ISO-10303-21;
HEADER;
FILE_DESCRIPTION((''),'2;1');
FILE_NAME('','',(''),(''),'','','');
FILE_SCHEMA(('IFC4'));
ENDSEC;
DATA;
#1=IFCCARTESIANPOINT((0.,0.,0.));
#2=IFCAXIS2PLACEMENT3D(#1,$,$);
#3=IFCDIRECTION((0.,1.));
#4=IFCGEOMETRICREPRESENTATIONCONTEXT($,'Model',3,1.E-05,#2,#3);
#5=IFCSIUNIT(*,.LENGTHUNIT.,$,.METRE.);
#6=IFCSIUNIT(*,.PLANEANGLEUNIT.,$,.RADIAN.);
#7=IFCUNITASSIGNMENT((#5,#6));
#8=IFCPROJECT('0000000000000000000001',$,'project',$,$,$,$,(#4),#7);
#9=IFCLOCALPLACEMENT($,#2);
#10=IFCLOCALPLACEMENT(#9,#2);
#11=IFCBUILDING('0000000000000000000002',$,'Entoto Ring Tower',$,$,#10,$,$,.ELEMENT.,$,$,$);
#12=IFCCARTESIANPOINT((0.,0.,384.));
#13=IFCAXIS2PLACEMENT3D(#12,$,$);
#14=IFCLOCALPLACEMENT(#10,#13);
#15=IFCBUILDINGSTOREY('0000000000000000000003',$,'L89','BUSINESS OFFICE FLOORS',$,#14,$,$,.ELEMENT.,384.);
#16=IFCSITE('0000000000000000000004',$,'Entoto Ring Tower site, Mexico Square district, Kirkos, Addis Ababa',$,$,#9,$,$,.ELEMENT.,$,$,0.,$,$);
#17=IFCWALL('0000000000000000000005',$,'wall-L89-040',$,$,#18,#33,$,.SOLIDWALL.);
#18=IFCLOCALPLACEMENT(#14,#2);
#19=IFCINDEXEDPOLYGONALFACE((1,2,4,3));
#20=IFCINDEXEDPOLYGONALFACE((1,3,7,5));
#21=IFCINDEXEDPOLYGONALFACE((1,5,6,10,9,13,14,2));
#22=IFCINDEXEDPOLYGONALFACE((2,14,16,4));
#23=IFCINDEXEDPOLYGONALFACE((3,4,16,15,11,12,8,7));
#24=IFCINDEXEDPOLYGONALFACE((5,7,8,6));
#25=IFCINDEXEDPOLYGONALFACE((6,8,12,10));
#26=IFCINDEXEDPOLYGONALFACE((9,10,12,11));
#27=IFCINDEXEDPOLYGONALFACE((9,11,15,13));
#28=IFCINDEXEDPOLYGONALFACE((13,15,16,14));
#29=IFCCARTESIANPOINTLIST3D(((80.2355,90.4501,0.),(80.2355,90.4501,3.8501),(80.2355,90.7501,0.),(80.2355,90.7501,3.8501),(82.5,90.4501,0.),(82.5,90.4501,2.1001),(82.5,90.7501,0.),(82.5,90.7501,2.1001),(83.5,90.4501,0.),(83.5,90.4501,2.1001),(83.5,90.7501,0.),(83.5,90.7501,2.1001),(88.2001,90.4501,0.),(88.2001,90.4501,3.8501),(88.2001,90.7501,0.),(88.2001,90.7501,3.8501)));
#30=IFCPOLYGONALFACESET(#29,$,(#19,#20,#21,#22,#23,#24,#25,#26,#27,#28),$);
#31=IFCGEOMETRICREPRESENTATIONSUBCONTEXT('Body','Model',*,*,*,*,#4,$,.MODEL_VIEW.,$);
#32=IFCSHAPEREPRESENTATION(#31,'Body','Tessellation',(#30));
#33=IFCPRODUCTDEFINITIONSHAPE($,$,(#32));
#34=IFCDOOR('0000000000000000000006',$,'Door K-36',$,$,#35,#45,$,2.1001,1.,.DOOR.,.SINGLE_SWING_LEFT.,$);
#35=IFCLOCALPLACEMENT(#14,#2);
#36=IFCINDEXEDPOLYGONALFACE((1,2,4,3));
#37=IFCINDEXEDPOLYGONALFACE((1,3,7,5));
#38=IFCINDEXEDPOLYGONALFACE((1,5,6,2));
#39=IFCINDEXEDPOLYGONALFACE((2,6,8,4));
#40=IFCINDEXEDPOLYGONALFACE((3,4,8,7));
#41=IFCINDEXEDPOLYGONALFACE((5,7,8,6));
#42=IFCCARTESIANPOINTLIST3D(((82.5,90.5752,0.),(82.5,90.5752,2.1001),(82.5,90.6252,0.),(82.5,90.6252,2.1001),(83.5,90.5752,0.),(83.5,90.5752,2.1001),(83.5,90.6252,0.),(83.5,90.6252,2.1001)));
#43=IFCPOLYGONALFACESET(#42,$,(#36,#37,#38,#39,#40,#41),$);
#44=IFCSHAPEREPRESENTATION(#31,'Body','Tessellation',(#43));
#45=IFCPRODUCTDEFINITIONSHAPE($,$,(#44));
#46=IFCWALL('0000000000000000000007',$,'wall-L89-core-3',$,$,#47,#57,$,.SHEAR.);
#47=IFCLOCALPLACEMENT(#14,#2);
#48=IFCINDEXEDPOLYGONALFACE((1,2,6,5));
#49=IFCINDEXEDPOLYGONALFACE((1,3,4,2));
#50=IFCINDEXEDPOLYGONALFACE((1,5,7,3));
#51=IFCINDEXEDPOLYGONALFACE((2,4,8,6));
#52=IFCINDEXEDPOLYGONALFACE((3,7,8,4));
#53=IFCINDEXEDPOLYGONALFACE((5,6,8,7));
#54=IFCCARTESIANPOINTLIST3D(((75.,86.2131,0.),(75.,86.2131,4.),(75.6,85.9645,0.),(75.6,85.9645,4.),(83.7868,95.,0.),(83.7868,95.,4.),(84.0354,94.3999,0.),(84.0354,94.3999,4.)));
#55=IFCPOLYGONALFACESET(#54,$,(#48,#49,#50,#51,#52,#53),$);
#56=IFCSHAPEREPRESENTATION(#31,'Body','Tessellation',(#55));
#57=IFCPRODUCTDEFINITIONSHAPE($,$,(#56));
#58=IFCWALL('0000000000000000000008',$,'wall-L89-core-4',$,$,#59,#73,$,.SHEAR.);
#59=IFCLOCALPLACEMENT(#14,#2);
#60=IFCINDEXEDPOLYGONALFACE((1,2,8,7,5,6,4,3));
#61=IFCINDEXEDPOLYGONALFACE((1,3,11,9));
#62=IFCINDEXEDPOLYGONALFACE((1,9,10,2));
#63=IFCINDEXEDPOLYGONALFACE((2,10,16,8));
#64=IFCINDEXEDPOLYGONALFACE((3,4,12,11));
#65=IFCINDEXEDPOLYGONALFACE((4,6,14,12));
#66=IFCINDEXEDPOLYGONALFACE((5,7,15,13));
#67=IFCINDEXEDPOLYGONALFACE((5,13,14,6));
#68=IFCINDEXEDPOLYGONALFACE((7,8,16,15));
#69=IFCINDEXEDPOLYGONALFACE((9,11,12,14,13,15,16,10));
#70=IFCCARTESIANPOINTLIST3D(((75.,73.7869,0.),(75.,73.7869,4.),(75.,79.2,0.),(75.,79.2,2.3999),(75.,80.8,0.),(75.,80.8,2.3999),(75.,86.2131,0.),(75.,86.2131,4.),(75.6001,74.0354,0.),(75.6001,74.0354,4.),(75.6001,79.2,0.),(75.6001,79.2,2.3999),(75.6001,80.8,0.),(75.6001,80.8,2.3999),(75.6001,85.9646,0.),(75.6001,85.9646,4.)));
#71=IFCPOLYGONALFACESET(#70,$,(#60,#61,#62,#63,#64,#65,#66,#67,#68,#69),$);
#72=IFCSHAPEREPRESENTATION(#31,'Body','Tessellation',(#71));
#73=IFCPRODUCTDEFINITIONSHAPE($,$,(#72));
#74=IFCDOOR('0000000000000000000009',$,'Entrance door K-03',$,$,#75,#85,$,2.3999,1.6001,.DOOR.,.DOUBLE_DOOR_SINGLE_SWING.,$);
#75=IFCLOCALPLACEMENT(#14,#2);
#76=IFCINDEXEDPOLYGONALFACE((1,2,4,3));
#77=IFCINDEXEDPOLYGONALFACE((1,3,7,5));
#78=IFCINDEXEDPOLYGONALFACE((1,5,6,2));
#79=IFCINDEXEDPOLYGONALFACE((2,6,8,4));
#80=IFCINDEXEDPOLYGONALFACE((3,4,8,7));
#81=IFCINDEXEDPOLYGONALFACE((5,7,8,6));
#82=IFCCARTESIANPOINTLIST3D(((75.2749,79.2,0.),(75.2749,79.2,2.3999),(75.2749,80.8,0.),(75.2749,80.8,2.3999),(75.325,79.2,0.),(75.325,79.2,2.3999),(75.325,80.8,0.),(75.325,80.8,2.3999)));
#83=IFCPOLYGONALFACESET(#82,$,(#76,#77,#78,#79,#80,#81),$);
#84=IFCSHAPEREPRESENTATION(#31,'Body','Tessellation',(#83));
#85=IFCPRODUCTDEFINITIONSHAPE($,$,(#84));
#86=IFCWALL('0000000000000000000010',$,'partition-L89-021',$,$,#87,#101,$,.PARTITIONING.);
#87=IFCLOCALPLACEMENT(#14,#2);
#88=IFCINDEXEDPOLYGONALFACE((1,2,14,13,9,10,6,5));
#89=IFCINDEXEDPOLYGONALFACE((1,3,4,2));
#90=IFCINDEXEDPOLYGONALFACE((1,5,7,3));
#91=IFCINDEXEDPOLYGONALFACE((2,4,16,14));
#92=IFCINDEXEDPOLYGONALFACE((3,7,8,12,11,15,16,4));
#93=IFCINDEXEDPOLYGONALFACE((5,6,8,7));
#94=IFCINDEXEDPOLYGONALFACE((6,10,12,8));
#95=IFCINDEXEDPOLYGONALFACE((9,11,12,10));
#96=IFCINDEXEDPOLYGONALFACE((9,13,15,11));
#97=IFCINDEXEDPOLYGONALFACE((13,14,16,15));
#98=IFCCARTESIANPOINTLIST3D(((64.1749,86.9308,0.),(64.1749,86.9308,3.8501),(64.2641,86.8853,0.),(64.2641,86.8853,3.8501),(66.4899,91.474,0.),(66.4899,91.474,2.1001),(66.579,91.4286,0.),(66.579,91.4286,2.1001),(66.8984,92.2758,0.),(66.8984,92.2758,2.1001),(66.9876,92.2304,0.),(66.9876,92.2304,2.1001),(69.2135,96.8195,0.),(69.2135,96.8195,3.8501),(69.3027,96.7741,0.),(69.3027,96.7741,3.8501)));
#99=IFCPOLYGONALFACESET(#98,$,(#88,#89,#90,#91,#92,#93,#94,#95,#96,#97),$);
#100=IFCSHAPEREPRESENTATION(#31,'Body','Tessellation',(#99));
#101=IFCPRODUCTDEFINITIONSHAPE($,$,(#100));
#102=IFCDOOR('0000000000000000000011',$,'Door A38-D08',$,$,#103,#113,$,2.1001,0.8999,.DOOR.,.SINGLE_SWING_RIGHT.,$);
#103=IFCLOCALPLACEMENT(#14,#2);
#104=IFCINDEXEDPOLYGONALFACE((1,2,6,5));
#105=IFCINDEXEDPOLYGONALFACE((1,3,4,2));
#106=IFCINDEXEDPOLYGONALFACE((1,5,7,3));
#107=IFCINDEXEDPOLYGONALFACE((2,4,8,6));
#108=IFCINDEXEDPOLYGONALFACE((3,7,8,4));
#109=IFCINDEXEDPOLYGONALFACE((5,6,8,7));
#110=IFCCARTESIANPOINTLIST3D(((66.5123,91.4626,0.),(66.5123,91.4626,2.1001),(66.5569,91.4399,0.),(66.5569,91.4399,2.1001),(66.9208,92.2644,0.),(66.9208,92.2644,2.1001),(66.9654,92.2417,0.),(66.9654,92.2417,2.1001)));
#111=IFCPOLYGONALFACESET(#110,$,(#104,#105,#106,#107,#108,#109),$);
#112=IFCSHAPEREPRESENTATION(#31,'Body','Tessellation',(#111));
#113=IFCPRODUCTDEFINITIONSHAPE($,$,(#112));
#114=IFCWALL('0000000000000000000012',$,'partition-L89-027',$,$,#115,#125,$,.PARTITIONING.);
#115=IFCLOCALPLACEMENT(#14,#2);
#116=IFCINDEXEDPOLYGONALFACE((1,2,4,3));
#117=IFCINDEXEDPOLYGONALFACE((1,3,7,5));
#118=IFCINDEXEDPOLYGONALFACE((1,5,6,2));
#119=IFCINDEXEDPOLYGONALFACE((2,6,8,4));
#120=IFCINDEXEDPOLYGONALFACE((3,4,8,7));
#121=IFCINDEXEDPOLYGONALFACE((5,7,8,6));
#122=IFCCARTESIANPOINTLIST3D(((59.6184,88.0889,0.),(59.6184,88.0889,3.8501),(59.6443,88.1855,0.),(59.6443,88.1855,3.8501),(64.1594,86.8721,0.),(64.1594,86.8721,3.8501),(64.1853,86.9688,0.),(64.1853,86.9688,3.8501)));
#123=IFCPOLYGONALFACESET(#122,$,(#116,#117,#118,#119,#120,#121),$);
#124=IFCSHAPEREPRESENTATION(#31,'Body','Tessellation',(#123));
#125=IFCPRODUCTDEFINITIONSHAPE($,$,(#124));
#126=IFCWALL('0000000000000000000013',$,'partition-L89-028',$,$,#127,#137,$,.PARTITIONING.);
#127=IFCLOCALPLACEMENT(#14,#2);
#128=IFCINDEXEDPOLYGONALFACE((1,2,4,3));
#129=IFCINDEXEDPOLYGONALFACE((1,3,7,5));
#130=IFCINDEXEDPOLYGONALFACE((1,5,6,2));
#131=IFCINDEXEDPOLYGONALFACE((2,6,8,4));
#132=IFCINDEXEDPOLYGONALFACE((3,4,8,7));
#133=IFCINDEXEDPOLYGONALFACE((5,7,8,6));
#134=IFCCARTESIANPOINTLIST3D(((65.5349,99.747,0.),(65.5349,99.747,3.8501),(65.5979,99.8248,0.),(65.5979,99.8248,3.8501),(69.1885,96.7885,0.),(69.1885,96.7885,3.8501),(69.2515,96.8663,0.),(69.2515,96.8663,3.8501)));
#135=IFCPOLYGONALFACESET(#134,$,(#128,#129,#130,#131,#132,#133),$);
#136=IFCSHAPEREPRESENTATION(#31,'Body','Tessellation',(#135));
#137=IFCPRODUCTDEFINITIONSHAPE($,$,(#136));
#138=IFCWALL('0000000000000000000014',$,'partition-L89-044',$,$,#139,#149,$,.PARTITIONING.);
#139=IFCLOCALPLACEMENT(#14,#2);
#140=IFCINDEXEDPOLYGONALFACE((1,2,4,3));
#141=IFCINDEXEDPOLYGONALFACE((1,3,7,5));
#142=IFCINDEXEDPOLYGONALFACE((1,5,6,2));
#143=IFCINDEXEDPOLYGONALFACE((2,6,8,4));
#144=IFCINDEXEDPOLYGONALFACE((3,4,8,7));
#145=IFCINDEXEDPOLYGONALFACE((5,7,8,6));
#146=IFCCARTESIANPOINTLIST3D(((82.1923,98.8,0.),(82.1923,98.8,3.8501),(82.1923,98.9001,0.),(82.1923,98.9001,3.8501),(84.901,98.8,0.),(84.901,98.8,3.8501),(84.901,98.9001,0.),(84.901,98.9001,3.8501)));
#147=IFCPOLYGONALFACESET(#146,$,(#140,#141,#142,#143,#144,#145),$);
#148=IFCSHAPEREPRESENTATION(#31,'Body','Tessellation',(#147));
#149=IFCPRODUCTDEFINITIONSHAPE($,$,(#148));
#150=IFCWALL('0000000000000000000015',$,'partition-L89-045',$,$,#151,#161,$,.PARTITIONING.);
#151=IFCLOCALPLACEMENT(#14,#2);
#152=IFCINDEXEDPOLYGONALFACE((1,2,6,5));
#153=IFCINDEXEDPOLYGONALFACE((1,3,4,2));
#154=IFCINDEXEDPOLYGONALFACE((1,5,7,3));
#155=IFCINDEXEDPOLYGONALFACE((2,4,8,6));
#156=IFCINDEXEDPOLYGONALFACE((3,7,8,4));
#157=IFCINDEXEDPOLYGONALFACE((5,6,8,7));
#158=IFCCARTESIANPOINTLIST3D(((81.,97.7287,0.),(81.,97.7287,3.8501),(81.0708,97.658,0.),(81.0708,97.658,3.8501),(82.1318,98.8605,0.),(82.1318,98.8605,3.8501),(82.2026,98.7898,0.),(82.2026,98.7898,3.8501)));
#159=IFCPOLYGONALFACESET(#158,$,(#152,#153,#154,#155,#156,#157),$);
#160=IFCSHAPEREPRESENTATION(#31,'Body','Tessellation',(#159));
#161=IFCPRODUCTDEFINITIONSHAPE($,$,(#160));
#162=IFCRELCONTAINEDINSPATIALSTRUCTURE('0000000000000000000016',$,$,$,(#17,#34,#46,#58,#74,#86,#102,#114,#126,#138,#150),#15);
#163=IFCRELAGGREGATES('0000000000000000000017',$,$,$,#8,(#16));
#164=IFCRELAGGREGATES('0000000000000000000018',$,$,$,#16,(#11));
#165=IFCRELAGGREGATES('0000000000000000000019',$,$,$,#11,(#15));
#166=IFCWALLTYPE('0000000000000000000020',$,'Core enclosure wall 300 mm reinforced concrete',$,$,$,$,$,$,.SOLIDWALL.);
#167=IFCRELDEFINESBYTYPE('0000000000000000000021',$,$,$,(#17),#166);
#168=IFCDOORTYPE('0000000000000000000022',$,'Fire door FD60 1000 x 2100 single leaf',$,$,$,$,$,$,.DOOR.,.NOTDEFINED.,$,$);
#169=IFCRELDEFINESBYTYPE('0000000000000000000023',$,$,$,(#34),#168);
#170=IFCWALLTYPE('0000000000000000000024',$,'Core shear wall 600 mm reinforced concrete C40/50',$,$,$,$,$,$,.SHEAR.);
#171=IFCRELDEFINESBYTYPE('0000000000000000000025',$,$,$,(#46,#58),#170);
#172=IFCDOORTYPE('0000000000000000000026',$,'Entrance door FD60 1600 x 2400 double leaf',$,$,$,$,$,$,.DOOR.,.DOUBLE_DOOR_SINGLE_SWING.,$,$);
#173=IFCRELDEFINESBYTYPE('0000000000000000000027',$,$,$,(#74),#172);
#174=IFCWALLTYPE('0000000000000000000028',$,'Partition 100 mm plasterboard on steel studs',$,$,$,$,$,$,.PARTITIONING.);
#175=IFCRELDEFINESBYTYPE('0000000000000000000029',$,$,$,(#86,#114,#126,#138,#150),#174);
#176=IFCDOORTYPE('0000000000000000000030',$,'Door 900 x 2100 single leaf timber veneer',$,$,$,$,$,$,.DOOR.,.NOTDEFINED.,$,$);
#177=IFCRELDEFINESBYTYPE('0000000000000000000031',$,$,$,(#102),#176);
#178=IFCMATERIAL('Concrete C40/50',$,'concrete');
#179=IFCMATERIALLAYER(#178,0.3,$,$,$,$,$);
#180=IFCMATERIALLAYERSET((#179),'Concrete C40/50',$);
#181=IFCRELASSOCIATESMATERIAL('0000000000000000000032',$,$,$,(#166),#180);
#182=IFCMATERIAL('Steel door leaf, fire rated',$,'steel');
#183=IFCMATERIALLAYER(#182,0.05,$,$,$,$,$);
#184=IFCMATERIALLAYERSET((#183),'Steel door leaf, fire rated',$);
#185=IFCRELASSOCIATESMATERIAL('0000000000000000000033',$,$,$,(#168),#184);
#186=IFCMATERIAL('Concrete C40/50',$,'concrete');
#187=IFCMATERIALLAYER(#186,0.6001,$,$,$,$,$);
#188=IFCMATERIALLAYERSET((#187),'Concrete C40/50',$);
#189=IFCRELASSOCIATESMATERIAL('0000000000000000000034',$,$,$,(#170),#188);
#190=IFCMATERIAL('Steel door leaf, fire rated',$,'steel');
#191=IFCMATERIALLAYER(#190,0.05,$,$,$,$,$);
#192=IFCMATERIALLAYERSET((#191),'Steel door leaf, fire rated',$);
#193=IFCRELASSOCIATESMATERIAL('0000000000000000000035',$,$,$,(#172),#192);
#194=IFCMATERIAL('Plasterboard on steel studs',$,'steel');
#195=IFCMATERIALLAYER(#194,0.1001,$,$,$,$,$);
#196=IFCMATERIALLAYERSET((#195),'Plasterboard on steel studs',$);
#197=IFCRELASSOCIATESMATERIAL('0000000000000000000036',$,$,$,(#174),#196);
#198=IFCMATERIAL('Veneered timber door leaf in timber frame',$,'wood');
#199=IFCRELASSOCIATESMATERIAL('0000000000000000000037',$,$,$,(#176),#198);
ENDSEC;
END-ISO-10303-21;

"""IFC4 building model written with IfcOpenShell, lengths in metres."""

from ifc_helpers import new_model, si_unit, direction, frame, frame_2d, origin, place, context, subcontext, project, spatial, polyline, rectangle, outline, extrude, material, layer, layer_set, type_object, element, fill, save


model = new_model("IFC4")

# Units and contexts
model_context = context("Model", 3, precision=1e-05, world=origin(), true_north=direction((0.0, 1.0)))
body_context = subcontext(model_context, "Body", "Model", "MODEL_VIEW")
ifc_project = project(units=[si_unit("LENGTHUNIT", "METRE"), si_unit("PLANEANGLEUNIT", "RADIAN")], contexts=[model_context])

# Site, building, storey
site_placement = place(None, origin())
site = spatial("IfcSite", under=ifc_project, at=site_placement, Name="Entoto Ring Tower site, Mexico Square district, Kirkos, Addis Ababa", CompositionType="ELEMENT", RefElevation=0.0)
building_placement = place(site_placement, origin())
building = spatial("IfcBuilding", under=site, at=building_placement, Name="Entoto Ring Tower", CompositionType="ELEMENT")
storey_placement = place(building_placement, frame((0.0, 0.0, 384.0)))
storey = spatial("IfcBuildingStorey", under=building, at=storey_placement, Name="L89", Description="BUSINESS OFFICE FLOORS", CompositionType="ELEMENT", Elevation=384.0)

# Shared definitions
ifc_material_1 = material(Name="Concrete C40/50", Category="concrete")
ifc_layer_1 = layer(ifc_material_1, 0.3)
ifc_layer_set_1 = layer_set([ifc_layer_1], Name="Concrete C40/50")
wall_type_1 = type_object("IfcWallType", Name="Core enclosure wall 300 mm reinforced concrete", PredefinedType="SOLIDWALL", material=ifc_layer_set_1)

# Wall, opening, door
wall_1_placement = place(storey_placement, frame((80.2354, 90.6001, 0.0), z_axis=(0.0, 0.0, 1.0), x_axis=(1.0, 0.0, 0.0)))
wall_1 = element("IfcWall", 1, at=wall_1_placement, inside=storey, type_object=wall_type_1, Name="wall-L89-040", PredefinedType="SOLIDWALL", context=body_context, shape_type="SweptSolid", body=[
    extrude(rectangle(XDim=7.9646, YDim=0.3, at=frame_2d((3.9824, 0.0))), origin(), (0.0, 0.0, 1.0), 3.8501),
])
opening_1_placement = place(wall_1_placement, frame((2.2646, 0.0, 0.0)))
opening_1 = element("IfcOpeningElement", 2, at=opening_1_placement, cuts=wall_1, PredefinedType="OPENING", context=body_context, shape_type="SweptSolid", body=[
    extrude(rectangle(XDim=1.0, YDim=2.1001, at=frame_2d((0.5, 1.05))), frame((0.0, 0.1602, 0.0), z_axis=(0.0, -1.0, 0.0), x_axis=(1.0, 0.0, 0.0)), (0.0, 0.0, 1.0), 0.3201),
])
ifc_material_2 = material(Name="Steel door leaf, fire rated", Category="steel")
ifc_layer_2 = layer(ifc_material_2, 0.05)
ifc_layer_set_2 = layer_set([ifc_layer_2], Name="Steel door leaf, fire rated")
door_type_1 = type_object("IfcDoorType", Name="Fire door FD60 1000 x 2100 single leaf", OperationType="NOTDEFINED", PredefinedType="DOOR", material=ifc_layer_set_2)
door_1_placement = place(opening_1_placement, frame((1.0, 0.0, 0.0), z_axis=(0.0, 0.0, 1.0), x_axis=(-1.0, 0.0, 0.0)))
door_1 = element("IfcDoor", 3, at=door_1_placement, inside=storey, type_object=door_type_1, Name="Door K-36", OperationType="SINGLE_SWING_LEFT", OverallHeight=2.1001, OverallWidth=1.0, PredefinedType="DOOR", context=body_context, shape_type="SweptSolid", body=[
    extrude(rectangle(XDim=1.0, YDim=2.1001, at=frame_2d((0.5, 1.05))), frame((0.0, 0.0249, 0.0), z_axis=(0.0, -1.0, 0.0), x_axis=(1.0, 0.0, 0.0)), (0.0, 0.0, 1.0), 0.05),
])
fill(opening_1, door_1)

# Wall
ifc_material_3 = material(Name="Concrete C40/50", Category="concrete")
ifc_layer_3 = layer(ifc_material_3, 0.6001)
ifc_layer_set_3 = layer_set([ifc_layer_3], Name="Concrete C40/50")
wall_type_2 = type_object("IfcWallType", Name="Core shear wall 600 mm reinforced concrete C40/50", PredefinedType="SHEAR", material=ifc_layer_set_3)
wall_2_placement = place(storey_placement, frame((83.9111, 94.7, 0.0), z_axis=(0.0, 0.0, 1.0), x_axis=(-0.707107, -0.707107, 0.0)))
element("IfcWall", 4, at=wall_2_placement, inside=storey, type_object=wall_type_2, Name="wall-L89-core-3", PredefinedType="SHEAR", context=body_context, shape_type="SweptSolid", body=[
    extrude(outline(polyline([(-0.1243, -0.3), (12.3022, -0.3), (12.0537, 0.3), (0.1243, 0.3), (-0.1243, -0.3)])), origin(), (0.0, 0.0, 1.0), 4.0),
])

# Walls, openings, doors
wall_3_placement = place(storey_placement, frame((75.3, 86.0889, 0.0), z_axis=(0.0, 0.0, 1.0), x_axis=(0.0, -1.0, 0.0)))
wall_3 = element("IfcWall", 5, at=wall_3_placement, inside=storey, type_object=wall_type_2, Name="wall-L89-core-4", PredefinedType="SHEAR", context=body_context, shape_type="SweptSolid", body=[
    extrude(outline(polyline([(-0.1243, -0.3), (12.302, -0.3), (12.0535, 0.3), (0.1243, 0.3), (-0.1243, -0.3)])), origin(), (0.0, 0.0, 1.0), 4.0),
])
opening_2_placement = place(wall_3_placement, frame((5.2888, 0.0, 0.0)))
opening_2 = element("IfcOpeningElement", 6, at=opening_2_placement, cuts=wall_3, PredefinedType="OPENING", context=body_context, shape_type="SweptSolid", body=[
    extrude(rectangle(XDim=1.6001, YDim=2.3999, at=frame_2d((0.8, 1.2))), frame((0.0, 0.3101, 0.0), z_axis=(0.0, -1.0, 0.0), x_axis=(1.0, 0.0, 0.0)), (0.0, 0.0, 1.0), 0.6201),
])
ifc_material_4 = material(Name="Steel door leaf, fire rated", Category="steel")
ifc_layer_4 = layer(ifc_material_4, 0.05)
ifc_layer_set_4 = layer_set([ifc_layer_4], Name="Steel door leaf, fire rated")
door_type_2 = type_object("IfcDoorType", Name="Entrance door FD60 1600 x 2400 double leaf", OperationType="DOUBLE_DOOR_SINGLE_SWING", PredefinedType="DOOR", material=ifc_layer_set_4)
door_2_placement = place(opening_2_placement, origin())
door_2 = element("IfcDoor", 7, at=door_2_placement, inside=storey, type_object=door_type_2, Name="Entrance door K-03", OperationType="DOUBLE_DOOR_SINGLE_SWING", OverallHeight=2.3999, OverallWidth=1.6001, PredefinedType="DOOR", context=body_context, shape_type="SweptSolid", body=[
    extrude(rectangle(XDim=1.6001, YDim=2.3999, at=frame_2d((0.8, 1.2))), frame((0.0, 0.0249, 0.0), z_axis=(0.0, -1.0, 0.0), x_axis=(1.0, 0.0, 0.0)), (0.0, 0.0, 1.0), 0.05),
])
fill(opening_2, door_2)
ifc_material_5 = material(Name="Plasterboard on steel studs", Category="steel")
ifc_layer_5 = layer(ifc_material_5, 0.1001)
ifc_layer_set_5 = layer_set([ifc_layer_5], Name="Plasterboard on steel studs")
wall_type_3 = type_object("IfcWallType", Name="Partition 100 mm plasterboard on steel studs", PredefinedType="PARTITIONING", material=ifc_layer_set_5)
wall_4_placement = place(storey_placement, frame((64.2195, 86.908, 0.0), z_axis=(0.0, 0.0, 1.0), x_axis=(0.453994, 0.891005, 0.0)))
wall_4 = element("IfcWall", 8, at=wall_4_placement, inside=storey, type_object=wall_type_3, Name="partition-L89-021", PredefinedType="PARTITIONING", context=body_context, shape_type="SweptSolid", body=[
    extrude(rectangle(XDim=11.0984, YDim=0.1001, at=frame_2d((5.5493, 0.0))), origin(), (0.0, 0.0, 1.0), 3.8501),
])
opening_3_placement = place(wall_4_placement, frame((5.0991, 0.0, 0.0)))
opening_3 = element("IfcOpeningElement", 9, at=opening_3_placement, cuts=wall_4, PredefinedType="OPENING", context=body_context, shape_type="SweptSolid", body=[
    extrude(rectangle(XDim=0.8999, YDim=2.1001, at=frame_2d((0.45, 1.05))), frame((0.0, 0.0601, 0.0), z_axis=(0.0, -1.0, 0.0), x_axis=(1.0, 0.0, 0.0)), (0.0, 0.0, 1.0), 0.1201),
])
ifc_material_6 = material(Name="Veneered timber door leaf in timber frame", Category="wood")
door_type_3 = type_object("IfcDoorType", Name="Door 900 x 2100 single leaf timber veneer", OperationType="NOTDEFINED", PredefinedType="DOOR", material=ifc_material_6)
door_3_placement = place(opening_3_placement, origin())
door_3 = element("IfcDoor", 10, at=door_3_placement, inside=storey, type_object=door_type_3, Name="Door A38-D08", OperationType="SINGLE_SWING_RIGHT", OverallHeight=2.1001, OverallWidth=0.8999, PredefinedType="DOOR", context=body_context, shape_type="SweptSolid", body=[
    extrude(rectangle(XDim=0.8999, YDim=2.1001, at=frame_2d((0.45, 1.05))), frame((0.0, 0.0249, 0.0), z_axis=(0.0, -1.0, 0.0), x_axis=(1.0, 0.0, 0.0)), (0.0, 0.0, 1.0), 0.05),
])
fill(opening_3, door_3)

# Walls
for number, where, z_axis, x_axis, name in (
    (11, (64.1724, 86.9204, 0.0), (0.0, 0.0, 1.0), (-0.965924, 0.258826, 0.0), "partition-L89-027"),
    (12, (69.22, 96.8274, 0.0), (0.0, 0.0, 1.0), (-0.777157, 0.629307, 0.0), "partition-L89-028"),
):
    element("IfcWall", number, at=place(storey_placement, frame(where, z_axis=z_axis, x_axis=x_axis)), inside=storey, type_object=wall_type_3, Name=name, PredefinedType="PARTITIONING", context=body_context, shape_type="SweptSolid", body=[
        extrude(rectangle(XDim=4.7012, YDim=0.1001, at=frame_2d((2.3506, 0.0))), origin(), (0.0, 0.0, 1.0), 3.8501),
    ])
wall_5_placement = place(storey_placement, frame((82.1921, 98.8501, 0.0), z_axis=(0.0, 0.0, 1.0), x_axis=(1.0, 0.0, 0.0)))
element("IfcWall", 13, at=wall_5_placement, inside=storey, type_object=wall_type_3, Name="partition-L89-044", PredefinedType="PARTITIONING", context=body_context, shape_type="SweptSolid", body=[
    extrude(rectangle(XDim=2.7087, YDim=0.1001, at=frame_2d((1.3545, 0.0))), origin(), (0.0, 0.0, 1.0), 3.8501),
])
wall_6_placement = place(storey_placement, frame((81.0354, 97.6934, 0.0), z_axis=(0.0, 0.0, 1.0), x_axis=(0.707107, 0.707107, 0.0)))
element("IfcWall", 14, at=wall_6_placement, inside=storey, type_object=wall_type_3, Name="partition-L89-045", PredefinedType="PARTITIONING", context=body_context, shape_type="SweptSolid", body=[
    extrude(rectangle(XDim=1.6006, YDim=0.1001, at=frame_2d((0.8003, 0.0))), origin(), (0.0, 0.0, 1.0), 3.8501),
])

save(model, "model.ifc")
